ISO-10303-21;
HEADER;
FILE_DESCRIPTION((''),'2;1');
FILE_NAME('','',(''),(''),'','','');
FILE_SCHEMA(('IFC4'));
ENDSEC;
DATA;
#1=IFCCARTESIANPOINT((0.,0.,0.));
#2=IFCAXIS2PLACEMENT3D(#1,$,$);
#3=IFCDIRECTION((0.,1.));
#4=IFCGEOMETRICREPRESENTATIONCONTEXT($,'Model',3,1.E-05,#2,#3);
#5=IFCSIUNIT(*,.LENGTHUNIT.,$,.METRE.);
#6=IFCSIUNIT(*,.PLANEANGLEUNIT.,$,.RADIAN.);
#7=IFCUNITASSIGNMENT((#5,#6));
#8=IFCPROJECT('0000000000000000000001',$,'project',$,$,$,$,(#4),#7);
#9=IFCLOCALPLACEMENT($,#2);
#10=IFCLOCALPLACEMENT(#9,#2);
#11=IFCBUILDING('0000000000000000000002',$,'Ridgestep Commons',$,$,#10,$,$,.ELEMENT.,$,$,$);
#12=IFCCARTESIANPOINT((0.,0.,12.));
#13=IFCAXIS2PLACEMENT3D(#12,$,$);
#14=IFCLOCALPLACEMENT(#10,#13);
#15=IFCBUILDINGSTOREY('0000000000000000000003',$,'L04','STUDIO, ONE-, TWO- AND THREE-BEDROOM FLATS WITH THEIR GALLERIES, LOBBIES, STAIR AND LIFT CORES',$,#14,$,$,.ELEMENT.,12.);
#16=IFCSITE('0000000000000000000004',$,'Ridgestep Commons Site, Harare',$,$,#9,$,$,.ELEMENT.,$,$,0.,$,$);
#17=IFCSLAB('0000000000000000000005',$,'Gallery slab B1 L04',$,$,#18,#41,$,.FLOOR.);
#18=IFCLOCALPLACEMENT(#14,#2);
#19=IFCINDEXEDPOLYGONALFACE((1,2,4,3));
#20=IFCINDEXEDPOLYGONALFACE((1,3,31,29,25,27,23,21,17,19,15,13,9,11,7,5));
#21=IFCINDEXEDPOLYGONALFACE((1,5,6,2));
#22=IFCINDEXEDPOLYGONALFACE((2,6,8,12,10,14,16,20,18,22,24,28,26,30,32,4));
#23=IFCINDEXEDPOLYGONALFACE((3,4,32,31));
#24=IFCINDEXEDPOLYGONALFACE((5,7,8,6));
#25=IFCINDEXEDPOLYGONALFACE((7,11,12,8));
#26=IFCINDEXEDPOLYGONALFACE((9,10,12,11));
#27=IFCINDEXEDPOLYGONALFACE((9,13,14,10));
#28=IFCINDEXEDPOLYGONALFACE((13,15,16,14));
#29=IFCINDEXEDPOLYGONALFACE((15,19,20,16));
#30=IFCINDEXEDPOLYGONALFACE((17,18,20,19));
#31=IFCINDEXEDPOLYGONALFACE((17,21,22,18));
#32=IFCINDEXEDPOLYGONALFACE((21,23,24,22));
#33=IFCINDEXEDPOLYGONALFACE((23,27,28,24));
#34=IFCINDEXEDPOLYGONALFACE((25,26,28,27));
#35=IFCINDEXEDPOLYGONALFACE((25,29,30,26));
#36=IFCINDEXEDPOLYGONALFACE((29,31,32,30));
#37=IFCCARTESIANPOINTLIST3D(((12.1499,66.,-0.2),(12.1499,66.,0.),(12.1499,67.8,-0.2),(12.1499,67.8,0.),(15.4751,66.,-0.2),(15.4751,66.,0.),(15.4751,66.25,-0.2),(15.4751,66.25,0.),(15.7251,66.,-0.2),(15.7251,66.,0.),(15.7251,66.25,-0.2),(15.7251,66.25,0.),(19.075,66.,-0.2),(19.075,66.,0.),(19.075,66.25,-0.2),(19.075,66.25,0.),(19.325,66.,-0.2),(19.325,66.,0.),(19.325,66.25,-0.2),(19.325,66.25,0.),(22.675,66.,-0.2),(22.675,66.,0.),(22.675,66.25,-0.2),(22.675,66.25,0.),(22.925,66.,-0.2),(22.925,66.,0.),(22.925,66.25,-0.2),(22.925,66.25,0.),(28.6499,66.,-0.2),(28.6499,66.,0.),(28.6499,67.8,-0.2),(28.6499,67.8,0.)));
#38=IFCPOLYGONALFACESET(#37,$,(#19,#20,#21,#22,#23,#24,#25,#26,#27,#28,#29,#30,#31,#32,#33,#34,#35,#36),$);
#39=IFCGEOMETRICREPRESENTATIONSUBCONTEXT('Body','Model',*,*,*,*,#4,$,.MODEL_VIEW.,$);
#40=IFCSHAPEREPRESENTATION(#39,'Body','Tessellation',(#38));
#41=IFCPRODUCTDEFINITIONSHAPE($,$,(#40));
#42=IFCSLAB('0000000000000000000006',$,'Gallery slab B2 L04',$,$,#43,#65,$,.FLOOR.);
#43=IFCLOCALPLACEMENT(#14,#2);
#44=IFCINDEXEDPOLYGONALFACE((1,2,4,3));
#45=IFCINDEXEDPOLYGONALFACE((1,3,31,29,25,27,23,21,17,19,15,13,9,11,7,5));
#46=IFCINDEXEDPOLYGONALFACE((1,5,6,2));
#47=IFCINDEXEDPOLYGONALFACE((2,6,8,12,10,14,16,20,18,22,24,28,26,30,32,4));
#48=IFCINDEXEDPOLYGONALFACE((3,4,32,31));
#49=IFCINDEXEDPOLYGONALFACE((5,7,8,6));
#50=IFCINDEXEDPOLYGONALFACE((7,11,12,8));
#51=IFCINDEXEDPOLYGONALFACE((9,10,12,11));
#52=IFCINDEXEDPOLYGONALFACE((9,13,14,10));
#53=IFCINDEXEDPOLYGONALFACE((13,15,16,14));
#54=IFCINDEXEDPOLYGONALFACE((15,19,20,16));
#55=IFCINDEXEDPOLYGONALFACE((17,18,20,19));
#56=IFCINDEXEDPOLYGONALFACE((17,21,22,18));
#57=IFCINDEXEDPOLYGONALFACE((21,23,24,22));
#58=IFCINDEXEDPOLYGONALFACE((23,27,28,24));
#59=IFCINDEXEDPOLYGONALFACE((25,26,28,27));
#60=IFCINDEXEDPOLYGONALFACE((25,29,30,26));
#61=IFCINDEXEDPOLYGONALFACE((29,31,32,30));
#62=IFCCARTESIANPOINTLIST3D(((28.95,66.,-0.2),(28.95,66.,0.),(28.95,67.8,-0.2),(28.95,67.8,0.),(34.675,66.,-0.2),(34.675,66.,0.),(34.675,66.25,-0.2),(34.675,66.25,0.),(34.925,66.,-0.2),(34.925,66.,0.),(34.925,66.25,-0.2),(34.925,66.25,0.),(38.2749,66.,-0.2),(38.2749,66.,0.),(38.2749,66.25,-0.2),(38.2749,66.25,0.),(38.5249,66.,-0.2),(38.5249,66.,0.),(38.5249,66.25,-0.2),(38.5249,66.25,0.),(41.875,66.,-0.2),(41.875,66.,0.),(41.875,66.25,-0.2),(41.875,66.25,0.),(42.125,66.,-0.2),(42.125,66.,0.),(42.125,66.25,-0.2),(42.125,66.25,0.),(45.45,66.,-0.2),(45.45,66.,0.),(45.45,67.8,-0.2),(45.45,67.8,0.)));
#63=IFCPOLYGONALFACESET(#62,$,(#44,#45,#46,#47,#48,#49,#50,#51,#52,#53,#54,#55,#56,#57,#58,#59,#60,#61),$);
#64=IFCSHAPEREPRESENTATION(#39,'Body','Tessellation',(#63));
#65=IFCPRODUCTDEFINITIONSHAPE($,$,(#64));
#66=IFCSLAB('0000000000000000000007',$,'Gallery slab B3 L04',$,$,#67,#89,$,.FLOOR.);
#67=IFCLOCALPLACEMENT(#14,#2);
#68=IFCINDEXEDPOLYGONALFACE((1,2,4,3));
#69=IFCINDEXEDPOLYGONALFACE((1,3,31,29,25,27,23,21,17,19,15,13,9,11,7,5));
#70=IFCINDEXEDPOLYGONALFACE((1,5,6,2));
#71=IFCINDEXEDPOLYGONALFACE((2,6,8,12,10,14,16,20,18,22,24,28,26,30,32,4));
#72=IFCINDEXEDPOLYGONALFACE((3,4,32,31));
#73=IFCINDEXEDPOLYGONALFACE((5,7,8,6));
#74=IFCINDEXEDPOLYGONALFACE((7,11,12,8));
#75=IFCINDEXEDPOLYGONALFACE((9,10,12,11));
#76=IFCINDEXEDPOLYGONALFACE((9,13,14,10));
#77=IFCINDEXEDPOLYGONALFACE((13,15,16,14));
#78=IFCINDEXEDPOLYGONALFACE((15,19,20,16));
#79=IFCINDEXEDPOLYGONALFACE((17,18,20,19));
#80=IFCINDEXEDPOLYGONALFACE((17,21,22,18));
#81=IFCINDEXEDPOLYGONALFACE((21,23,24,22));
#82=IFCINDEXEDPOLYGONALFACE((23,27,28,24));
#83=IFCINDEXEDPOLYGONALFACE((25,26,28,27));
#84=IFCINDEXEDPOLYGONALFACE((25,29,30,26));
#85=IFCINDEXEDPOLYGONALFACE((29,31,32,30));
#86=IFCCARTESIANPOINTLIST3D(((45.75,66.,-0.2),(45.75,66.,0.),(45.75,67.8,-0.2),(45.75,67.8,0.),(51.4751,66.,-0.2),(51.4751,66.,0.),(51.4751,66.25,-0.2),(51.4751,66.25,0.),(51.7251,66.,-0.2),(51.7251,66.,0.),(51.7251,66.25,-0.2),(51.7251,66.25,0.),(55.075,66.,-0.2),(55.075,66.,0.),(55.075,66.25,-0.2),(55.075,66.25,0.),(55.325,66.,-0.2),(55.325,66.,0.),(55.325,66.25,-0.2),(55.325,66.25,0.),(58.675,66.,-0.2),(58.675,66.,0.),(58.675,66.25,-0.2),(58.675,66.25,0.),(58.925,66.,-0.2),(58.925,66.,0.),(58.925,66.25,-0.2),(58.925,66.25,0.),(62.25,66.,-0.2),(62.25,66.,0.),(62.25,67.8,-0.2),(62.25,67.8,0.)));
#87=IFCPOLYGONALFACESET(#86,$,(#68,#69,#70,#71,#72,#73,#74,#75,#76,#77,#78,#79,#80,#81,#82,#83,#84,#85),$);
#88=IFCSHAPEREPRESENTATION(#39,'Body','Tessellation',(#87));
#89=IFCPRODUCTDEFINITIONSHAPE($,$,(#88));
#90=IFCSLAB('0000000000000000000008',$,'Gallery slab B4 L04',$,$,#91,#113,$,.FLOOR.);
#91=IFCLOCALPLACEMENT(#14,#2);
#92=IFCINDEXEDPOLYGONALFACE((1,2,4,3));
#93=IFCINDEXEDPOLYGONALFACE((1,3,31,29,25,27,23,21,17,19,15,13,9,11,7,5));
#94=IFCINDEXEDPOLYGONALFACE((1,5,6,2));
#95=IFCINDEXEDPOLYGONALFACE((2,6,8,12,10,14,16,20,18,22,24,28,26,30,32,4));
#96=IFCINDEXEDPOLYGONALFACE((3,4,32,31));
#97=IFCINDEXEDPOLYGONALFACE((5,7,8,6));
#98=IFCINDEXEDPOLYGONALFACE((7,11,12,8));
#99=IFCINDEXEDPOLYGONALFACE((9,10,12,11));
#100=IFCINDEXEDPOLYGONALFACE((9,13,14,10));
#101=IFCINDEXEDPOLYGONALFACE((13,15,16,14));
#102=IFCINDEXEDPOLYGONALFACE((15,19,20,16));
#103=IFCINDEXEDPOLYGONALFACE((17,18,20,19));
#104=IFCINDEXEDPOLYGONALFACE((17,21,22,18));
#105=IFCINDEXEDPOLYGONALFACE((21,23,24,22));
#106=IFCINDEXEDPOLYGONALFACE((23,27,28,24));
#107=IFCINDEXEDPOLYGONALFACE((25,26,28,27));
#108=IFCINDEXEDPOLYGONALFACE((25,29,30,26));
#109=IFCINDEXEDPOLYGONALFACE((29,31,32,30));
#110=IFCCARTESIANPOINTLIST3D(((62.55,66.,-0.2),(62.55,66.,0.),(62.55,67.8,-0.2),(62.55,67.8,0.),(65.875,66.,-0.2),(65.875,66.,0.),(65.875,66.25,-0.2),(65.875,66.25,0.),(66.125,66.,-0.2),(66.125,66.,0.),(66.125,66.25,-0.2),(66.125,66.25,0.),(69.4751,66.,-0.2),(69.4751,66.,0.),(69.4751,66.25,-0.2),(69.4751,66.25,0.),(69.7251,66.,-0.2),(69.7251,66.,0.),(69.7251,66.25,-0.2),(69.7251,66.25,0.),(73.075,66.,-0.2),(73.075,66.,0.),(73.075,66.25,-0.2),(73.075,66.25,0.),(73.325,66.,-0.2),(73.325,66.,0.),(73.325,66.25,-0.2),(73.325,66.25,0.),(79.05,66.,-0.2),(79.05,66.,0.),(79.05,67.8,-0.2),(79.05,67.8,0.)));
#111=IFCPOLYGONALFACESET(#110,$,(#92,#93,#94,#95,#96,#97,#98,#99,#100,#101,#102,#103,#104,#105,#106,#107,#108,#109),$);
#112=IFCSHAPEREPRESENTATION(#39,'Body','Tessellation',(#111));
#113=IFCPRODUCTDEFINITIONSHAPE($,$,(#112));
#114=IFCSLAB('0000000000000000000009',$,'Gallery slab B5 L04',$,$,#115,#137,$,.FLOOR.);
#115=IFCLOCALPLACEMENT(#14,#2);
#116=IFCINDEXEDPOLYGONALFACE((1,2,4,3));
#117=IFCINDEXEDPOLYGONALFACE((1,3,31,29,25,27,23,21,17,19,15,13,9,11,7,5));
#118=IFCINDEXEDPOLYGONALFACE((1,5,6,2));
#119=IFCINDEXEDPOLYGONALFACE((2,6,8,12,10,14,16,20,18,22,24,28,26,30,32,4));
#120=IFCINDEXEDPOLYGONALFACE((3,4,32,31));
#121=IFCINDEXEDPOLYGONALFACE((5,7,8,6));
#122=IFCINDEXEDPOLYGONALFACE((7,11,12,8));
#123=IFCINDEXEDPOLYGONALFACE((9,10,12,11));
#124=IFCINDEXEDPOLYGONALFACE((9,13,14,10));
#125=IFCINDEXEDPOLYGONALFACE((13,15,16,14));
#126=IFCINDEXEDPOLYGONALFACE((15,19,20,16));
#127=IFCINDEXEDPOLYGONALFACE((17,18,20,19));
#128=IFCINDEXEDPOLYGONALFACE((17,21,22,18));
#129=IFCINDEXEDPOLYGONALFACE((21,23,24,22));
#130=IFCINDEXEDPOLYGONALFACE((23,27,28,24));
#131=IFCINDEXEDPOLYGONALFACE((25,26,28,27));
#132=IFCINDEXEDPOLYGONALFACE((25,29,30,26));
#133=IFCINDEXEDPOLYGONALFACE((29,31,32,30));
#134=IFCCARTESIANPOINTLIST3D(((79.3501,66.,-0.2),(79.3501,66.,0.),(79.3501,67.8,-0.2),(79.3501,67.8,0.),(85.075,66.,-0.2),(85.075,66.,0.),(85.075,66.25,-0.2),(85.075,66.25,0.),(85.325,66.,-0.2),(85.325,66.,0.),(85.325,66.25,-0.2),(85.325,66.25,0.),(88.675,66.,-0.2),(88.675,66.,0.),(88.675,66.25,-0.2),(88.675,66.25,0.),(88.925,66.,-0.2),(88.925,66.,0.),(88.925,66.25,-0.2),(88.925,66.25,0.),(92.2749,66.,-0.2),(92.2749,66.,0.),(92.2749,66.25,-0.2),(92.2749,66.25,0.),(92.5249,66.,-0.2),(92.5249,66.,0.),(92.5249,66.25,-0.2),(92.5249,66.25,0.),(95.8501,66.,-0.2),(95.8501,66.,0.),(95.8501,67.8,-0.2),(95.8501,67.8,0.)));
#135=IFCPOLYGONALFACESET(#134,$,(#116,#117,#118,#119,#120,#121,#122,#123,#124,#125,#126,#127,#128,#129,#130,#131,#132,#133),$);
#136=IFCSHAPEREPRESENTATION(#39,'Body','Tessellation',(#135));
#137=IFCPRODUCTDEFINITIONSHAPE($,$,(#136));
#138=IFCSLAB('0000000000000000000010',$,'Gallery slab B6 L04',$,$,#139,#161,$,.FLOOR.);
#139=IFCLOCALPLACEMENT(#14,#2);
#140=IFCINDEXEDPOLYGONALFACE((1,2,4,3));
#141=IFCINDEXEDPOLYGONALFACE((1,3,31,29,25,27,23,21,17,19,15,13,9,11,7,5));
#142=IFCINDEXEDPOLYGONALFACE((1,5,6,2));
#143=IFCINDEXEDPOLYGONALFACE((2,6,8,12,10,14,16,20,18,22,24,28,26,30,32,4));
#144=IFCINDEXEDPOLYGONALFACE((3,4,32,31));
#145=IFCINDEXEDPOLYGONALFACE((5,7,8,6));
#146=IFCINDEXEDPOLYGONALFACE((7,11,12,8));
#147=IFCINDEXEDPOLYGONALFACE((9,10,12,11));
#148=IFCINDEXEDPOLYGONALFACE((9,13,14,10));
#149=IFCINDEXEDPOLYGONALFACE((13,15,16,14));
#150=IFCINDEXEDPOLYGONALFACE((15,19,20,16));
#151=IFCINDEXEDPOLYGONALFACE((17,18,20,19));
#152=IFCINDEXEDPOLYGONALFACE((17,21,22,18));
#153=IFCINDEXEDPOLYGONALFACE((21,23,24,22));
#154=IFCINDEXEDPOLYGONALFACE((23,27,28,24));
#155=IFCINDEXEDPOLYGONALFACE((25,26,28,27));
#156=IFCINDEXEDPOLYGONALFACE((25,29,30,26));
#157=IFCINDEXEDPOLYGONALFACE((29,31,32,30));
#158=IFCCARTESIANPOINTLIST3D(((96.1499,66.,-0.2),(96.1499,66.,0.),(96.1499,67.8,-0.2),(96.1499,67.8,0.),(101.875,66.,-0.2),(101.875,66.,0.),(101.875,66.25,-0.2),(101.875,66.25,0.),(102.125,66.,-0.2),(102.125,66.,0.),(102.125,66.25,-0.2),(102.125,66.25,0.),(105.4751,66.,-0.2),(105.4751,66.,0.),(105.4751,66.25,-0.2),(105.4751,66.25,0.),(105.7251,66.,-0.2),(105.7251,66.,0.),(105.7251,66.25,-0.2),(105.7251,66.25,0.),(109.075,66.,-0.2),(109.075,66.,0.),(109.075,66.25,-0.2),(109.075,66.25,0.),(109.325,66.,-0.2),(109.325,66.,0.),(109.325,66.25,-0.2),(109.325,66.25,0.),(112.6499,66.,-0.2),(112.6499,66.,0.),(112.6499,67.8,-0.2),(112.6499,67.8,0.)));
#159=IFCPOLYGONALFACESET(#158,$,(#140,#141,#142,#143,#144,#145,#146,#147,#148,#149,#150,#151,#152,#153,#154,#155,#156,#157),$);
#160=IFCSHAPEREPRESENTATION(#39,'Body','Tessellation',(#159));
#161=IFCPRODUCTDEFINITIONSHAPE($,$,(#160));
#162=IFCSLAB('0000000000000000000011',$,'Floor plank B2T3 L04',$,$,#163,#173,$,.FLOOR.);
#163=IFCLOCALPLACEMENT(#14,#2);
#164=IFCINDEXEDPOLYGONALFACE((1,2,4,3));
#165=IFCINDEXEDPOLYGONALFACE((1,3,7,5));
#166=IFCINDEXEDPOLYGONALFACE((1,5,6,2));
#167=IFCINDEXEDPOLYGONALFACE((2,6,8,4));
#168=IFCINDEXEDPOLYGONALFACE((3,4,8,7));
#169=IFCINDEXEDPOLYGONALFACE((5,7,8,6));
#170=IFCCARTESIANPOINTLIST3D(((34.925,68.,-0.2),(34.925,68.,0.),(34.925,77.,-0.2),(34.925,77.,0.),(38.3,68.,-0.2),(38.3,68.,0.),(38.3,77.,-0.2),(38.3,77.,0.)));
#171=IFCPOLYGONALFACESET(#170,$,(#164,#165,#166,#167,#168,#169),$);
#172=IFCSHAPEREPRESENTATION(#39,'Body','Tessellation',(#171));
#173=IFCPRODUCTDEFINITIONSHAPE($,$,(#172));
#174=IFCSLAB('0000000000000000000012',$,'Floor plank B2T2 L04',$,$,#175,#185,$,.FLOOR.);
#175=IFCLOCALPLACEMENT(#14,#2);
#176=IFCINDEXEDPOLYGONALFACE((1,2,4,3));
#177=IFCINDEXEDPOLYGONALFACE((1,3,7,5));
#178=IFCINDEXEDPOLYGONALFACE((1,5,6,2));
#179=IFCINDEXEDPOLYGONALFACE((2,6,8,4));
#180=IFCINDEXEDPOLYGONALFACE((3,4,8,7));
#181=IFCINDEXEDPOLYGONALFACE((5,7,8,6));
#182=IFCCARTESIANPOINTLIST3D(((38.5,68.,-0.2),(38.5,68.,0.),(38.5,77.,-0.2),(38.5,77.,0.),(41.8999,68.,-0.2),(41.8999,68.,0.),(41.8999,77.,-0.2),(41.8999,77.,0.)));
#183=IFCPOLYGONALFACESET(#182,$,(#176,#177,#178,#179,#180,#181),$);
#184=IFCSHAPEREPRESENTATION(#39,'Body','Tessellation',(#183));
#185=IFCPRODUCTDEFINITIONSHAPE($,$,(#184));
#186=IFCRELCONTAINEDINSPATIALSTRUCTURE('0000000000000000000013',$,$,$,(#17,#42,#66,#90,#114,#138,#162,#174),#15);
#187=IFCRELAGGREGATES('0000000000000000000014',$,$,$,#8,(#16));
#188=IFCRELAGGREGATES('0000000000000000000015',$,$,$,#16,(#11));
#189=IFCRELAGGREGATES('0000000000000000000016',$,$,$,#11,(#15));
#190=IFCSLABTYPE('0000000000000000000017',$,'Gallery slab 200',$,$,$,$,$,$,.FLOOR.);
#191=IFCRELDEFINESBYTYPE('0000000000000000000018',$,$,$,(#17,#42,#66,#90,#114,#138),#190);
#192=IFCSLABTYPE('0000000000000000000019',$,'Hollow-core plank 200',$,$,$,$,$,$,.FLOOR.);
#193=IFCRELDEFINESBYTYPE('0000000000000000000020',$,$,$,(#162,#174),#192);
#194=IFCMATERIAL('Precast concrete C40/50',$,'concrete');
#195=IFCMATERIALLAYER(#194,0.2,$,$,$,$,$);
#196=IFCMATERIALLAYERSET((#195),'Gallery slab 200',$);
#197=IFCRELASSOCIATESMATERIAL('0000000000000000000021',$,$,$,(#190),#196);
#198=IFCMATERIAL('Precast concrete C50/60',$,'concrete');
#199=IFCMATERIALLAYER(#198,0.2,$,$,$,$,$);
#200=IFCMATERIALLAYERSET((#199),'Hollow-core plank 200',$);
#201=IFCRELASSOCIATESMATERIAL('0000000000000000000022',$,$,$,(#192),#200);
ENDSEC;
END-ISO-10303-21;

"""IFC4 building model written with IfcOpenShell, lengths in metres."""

from ifc_helpers import new_model, si_unit, direction, frame, origin, place, context, subcontext, project, spatial, polyline, outline, extrude, material, layer, layer_set, type_object, element, save


model = new_model("IFC4")

# Units and contexts
model_context = context("Model", 3, precision=1e-05, world=origin(), true_north=direction((0.0, 1.0)))
body_context = subcontext(model_context, "Body", "Model", "MODEL_VIEW")
ifc_project = project(units=[si_unit("LENGTHUNIT", "METRE"), si_unit("PLANEANGLEUNIT", "RADIAN")], contexts=[model_context])

# Site, building, storey
site_placement = place(None, origin())
site = spatial("IfcSite", under=ifc_project, at=site_placement, Name="Ridgestep Commons Site, Harare", CompositionType="ELEMENT", RefElevation=0.0)
building_placement = place(site_placement, origin())
building = spatial("IfcBuilding", under=site, at=building_placement, Name="Ridgestep Commons", CompositionType="ELEMENT")
storey_placement = place(building_placement, frame((0.0, 0.0, 12.0)))
storey = spatial("IfcBuildingStorey", under=building, at=storey_placement, Name="L04", Description="STUDIO, ONE-, TWO- AND THREE-BEDROOM FLATS WITH THEIR GALLERIES, LOBBIES, STAIR AND LIFT CORES", CompositionType="ELEMENT", Elevation=12.0)

# Slabs
ifc_material_1 = material(Name="Precast concrete C40/50", Category="concrete")
ifc_layer_1 = layer(ifc_material_1, 0.2)
ifc_layer_set_1 = layer_set([ifc_layer_1], Name="Gallery slab 200")
slab_type_1 = type_object("IfcSlabType", Name="Gallery slab 200", PredefinedType="FLOOR", material=ifc_layer_set_1)
slab_1_placement = place(storey_placement, frame((0.0, 0.0, -0.2)))
element("IfcSlab", 1, at=slab_1_placement, inside=storey, type_object=slab_type_1, Name="Gallery slab B1 L04", PredefinedType="FLOOR", context=body_context, shape_type="SweptSolid", body=[
    extrude(outline(polyline([(28.6499, 67.8), (12.1499, 67.8), (12.1499, 66.0), (15.4751, 66.0), (15.4751, 66.25), (15.7251, 66.25), (15.7251, 66.0), (19.075, 66.0), (19.075, 66.25), (19.325, 66.25), (19.325, 66.0), (22.675, 66.0), (22.675, 66.25), (22.925, 66.25), (22.925, 66.0), (28.6499, 66.0), (28.6499, 67.8)])), origin(), (0.0, 0.0, 1.0), 0.2),
])
slab_2_placement = place(storey_placement, frame((0.0, 0.0, -0.2)))
element("IfcSlab", 2, at=slab_2_placement, inside=storey, type_object=slab_type_1, Name="Gallery slab B2 L04", PredefinedType="FLOOR", context=body_context, shape_type="SweptSolid", body=[
    extrude(outline(polyline([(45.45, 67.8), (28.95, 67.8), (28.95, 66.0), (34.675, 66.0), (34.675, 66.25), (34.925, 66.25), (34.925, 66.0), (38.2749, 66.0), (38.2749, 66.25), (38.5249, 66.25), (38.5249, 66.0), (41.875, 66.0), (41.875, 66.25), (42.125, 66.25), (42.125, 66.0), (45.45, 66.0), (45.45, 67.8)])), origin(), (0.0, 0.0, 1.0), 0.2),
])
slab_3_placement = place(storey_placement, frame((0.0, 0.0, -0.2)))
element("IfcSlab", 3, at=slab_3_placement, inside=storey, type_object=slab_type_1, Name="Gallery slab B3 L04", PredefinedType="FLOOR", context=body_context, shape_type="SweptSolid", body=[
    extrude(outline(polyline([(62.25, 67.8), (45.75, 67.8), (45.75, 66.0), (51.4751, 66.0), (51.4751, 66.25), (51.7251, 66.25), (51.7251, 66.0), (55.075, 66.0), (55.075, 66.25), (55.325, 66.25), (55.325, 66.0), (58.675, 66.0), (58.675, 66.25), (58.925, 66.25), (58.925, 66.0), (62.25, 66.0), (62.25, 67.8)])), origin(), (0.0, 0.0, 1.0), 0.2),
])
slab_4_placement = place(storey_placement, frame((0.0, 0.0, -0.2)))
element("IfcSlab", 4, at=slab_4_placement, inside=storey, type_object=slab_type_1, Name="Gallery slab B4 L04", PredefinedType="FLOOR", context=body_context, shape_type="SweptSolid", body=[
    extrude(outline(polyline([(79.05, 67.8), (62.55, 67.8), (62.55, 66.0), (65.875, 66.0), (65.875, 66.25), (66.125, 66.25), (66.125, 66.0), (69.4751, 66.0), (69.4751, 66.25), (69.7251, 66.25), (69.7251, 66.0), (73.075, 66.0), (73.075, 66.25), (73.325, 66.25), (73.325, 66.0), (79.05, 66.0), (79.05, 67.8)])), origin(), (0.0, 0.0, 1.0), 0.2),
])
slab_5_placement = place(storey_placement, frame((0.0, 0.0, -0.2)))
element("IfcSlab", 5, at=slab_5_placement, inside=storey, type_object=slab_type_1, Name="Gallery slab B5 L04", PredefinedType="FLOOR", context=body_context, shape_type="SweptSolid", body=[
    extrude(outline(polyline([(95.8501, 67.8), (79.3501, 67.8), (79.3501, 66.0), (85.075, 66.0), (85.075, 66.25), (85.325, 66.25), (85.325, 66.0), (88.675, 66.0), (88.675, 66.25), (88.925, 66.25), (88.925, 66.0), (92.2749, 66.0), (92.2749, 66.25), (92.5249, 66.25), (92.5249, 66.0), (95.8501, 66.0), (95.8501, 67.8)])), origin(), (0.0, 0.0, 1.0), 0.2),
])
slab_6_placement = place(storey_placement, frame((0.0, 0.0, -0.2)))
element("IfcSlab", 6, at=slab_6_placement, inside=storey, type_object=slab_type_1, Name="Gallery slab B6 L04", PredefinedType="FLOOR", context=body_context, shape_type="SweptSolid", body=[
    extrude(outline(polyline([(112.6499, 67.8), (96.1499, 67.8), (96.1499, 66.0), (101.875, 66.0), (101.875, 66.25), (102.125, 66.25), (102.125, 66.0), (105.4751, 66.0), (105.4751, 66.25), (105.7251, 66.25), (105.7251, 66.0), (109.075, 66.0), (109.075, 66.25), (109.325, 66.25), (109.325, 66.0), (112.6499, 66.0), (112.6499, 67.8)])), origin(), (0.0, 0.0, 1.0), 0.2),
])
ifc_material_2 = material(Name="Precast concrete C50/60", Category="concrete")
ifc_layer_2 = layer(ifc_material_2, 0.2)
ifc_layer_set_2 = layer_set([ifc_layer_2], Name="Hollow-core plank 200")
slab_type_2 = type_object("IfcSlabType", Name="Hollow-core plank 200", PredefinedType="FLOOR", material=ifc_layer_set_2)
slab_7_placement = place(storey_placement, frame((0.0, 0.0, -0.2)))
element("IfcSlab", 7, at=slab_7_placement, inside=storey, type_object=slab_type_2, Name="Floor plank B2T3 L04", PredefinedType="FLOOR", context=body_context, shape_type="SweptSolid", body=[
    extrude(outline(polyline([(38.3, 68.0), (38.3, 77.0), (34.925, 77.0), (34.925, 68.0), (38.3, 68.0)])), origin(), (0.0, 0.0, 1.0), 0.2),
])
slab_8_placement = place(storey_placement, frame((0.0, 0.0, -0.2)))
element("IfcSlab", 8, at=slab_8_placement, inside=storey, type_object=slab_type_2, Name="Floor plank B2T2 L04", PredefinedType="FLOOR", context=body_context, shape_type="SweptSolid", body=[
    extrude(outline(polyline([(41.8999, 68.0), (41.8999, 77.0), (38.5, 77.0), (38.5, 68.0), (41.8999, 68.0)])), origin(), (0.0, 0.0, 1.0), 0.2),
])

save(model, "model.ifc")
